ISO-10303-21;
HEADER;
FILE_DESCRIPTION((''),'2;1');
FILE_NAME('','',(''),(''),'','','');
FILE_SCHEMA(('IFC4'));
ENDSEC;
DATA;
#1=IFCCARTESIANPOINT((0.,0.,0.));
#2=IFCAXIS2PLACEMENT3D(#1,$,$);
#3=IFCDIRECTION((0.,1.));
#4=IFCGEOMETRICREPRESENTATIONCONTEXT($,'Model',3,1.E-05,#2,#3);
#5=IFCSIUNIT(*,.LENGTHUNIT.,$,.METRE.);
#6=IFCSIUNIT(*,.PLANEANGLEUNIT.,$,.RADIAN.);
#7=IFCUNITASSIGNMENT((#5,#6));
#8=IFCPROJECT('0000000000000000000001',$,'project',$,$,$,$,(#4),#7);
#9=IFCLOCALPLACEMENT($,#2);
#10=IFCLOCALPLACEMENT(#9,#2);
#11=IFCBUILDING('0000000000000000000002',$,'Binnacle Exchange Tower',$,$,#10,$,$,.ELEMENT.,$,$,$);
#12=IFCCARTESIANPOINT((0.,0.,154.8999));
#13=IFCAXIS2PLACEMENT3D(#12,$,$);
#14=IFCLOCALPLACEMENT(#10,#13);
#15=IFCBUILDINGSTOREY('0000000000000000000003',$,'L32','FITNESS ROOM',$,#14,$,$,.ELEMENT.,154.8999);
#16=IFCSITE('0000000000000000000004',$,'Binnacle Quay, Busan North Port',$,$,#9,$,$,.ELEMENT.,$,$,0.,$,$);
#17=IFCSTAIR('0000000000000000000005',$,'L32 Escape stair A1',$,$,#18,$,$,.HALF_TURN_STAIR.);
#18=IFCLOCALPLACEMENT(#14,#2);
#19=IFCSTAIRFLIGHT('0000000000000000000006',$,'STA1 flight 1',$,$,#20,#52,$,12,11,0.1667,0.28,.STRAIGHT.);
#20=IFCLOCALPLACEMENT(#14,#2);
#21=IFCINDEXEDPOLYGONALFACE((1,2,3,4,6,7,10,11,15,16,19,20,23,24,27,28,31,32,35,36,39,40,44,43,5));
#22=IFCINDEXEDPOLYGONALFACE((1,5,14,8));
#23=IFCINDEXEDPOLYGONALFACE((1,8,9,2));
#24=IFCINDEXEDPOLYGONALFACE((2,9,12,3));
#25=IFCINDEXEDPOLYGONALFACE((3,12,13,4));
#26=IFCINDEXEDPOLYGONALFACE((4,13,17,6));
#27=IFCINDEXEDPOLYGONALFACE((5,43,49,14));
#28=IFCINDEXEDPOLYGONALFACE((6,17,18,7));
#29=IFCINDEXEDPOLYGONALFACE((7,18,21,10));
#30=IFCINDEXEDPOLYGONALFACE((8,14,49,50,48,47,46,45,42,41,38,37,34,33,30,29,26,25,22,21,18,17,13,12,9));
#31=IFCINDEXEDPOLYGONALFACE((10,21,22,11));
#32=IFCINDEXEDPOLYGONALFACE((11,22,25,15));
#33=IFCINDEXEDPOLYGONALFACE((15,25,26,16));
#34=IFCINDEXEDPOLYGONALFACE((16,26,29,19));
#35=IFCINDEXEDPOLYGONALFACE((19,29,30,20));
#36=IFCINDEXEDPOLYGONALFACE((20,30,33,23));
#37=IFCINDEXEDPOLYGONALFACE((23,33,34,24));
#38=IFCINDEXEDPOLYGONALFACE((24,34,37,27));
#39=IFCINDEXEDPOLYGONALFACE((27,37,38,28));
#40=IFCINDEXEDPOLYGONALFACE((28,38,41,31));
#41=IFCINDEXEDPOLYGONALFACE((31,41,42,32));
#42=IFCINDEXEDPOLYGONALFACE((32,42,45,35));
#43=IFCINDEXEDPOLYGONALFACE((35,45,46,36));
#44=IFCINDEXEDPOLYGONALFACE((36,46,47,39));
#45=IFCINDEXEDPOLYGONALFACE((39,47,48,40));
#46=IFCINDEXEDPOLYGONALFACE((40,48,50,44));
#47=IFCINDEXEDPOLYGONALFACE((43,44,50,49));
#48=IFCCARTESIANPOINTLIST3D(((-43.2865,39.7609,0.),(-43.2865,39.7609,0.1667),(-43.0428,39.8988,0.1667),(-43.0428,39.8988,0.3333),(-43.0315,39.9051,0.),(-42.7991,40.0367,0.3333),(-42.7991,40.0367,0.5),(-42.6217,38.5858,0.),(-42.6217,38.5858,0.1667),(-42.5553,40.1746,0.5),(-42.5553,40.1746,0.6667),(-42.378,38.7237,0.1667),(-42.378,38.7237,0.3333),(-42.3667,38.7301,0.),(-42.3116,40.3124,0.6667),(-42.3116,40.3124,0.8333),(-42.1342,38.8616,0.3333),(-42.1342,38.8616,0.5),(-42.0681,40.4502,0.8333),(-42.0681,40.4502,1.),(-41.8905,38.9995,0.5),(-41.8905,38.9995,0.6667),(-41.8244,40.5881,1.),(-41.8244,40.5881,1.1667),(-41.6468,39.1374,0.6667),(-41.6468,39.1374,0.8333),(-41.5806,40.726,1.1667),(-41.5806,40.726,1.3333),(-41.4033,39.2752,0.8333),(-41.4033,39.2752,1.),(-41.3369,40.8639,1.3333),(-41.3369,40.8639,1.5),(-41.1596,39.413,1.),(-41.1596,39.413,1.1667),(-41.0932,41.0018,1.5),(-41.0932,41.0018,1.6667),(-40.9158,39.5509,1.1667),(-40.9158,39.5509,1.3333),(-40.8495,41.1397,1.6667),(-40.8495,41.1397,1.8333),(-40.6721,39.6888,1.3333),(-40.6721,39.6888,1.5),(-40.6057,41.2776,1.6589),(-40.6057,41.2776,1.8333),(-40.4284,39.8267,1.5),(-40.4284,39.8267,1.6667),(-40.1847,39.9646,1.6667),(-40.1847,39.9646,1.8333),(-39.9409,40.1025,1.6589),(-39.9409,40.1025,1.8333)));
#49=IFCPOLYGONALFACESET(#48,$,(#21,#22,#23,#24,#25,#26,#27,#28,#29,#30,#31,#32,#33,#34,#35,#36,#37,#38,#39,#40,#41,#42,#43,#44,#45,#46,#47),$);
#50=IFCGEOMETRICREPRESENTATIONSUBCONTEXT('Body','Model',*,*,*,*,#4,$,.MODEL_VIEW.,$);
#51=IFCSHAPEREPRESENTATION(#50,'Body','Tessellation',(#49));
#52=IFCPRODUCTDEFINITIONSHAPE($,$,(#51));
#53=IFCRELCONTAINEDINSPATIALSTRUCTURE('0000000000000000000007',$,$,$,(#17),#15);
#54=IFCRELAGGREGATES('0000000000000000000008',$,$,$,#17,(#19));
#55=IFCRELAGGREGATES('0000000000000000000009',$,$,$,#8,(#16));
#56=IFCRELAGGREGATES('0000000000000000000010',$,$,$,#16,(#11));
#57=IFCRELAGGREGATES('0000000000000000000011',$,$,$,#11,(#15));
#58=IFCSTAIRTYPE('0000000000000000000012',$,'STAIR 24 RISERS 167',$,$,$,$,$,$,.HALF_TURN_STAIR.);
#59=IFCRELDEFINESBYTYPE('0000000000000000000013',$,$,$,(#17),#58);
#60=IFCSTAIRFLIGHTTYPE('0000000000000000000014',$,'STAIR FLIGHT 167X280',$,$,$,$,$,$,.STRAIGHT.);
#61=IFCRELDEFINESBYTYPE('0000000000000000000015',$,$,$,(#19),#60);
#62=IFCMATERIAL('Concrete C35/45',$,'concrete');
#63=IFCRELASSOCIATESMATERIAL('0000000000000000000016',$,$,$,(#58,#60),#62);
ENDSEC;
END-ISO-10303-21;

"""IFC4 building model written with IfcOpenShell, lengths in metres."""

from ifc_helpers import new_model, si_unit, direction, frame, origin, place, context, subcontext, project, spatial, polyline, outline, extrude, material, type_object, element, aggregate, save


model = new_model("IFC4")

# Units and contexts
model_context = context("Model", 3, precision=1e-05, world=origin(), true_north=direction((0.0, 1.0)))
body_context = subcontext(model_context, "Body", "Model", "MODEL_VIEW")
ifc_project = project(units=[si_unit("LENGTHUNIT", "METRE"), si_unit("PLANEANGLEUNIT", "RADIAN")], contexts=[model_context])

# Site, building, storey
site_placement = place(None, origin())
site = spatial("IfcSite", under=ifc_project, at=site_placement, Name="Binnacle Quay, Busan North Port", CompositionType="ELEMENT", RefElevation=0.0)
building_placement = place(site_placement, origin())
building = spatial("IfcBuilding", under=site, at=building_placement, Name="Binnacle Exchange Tower", CompositionType="ELEMENT")
storey_placement = place(building_placement, frame((0.0, 0.0, 154.8999)))
storey = spatial("IfcBuildingStorey", under=building, at=storey_placement, Name="L32", Description="FITNESS ROOM", CompositionType="ELEMENT", Elevation=154.8999)

# Stair, stair flight
ifc_material_1 = material(Name="Concrete C35/45", Category="concrete")
stair_type = type_object("IfcStairType", Name="STAIR 24 RISERS 167", PredefinedType="HALF_TURN_STAIR", material=ifc_material_1)
stair_placement = place(storey_placement, origin())
stair = element("IfcStair", 1, at=stair_placement, inside=storey, type_object=stair_type, Name="L32 Escape stair A1", PredefinedType="HALF_TURN_STAIR")
stair_flight_type = type_object("IfcStairFlightType", Name="STAIR FLIGHT 167X280", PredefinedType="STRAIGHT", material=ifc_material_1)
stair_flight_placement = place(storey_placement, frame((-42.9541, 39.1733, 0.0), z_axis=(0.0, 0.0, 1.0), x_axis=(0.870356, 0.492424, 0.0)))
stair_flight = element("IfcStairFlight", 2, at=stair_flight_placement, type_object=stair_flight_type, Name="STA1 flight 1", NumberOfRisers=12, NumberOfTreads=11, PredefinedType="STRAIGHT", RiserHeight=0.1667, TreadLength=0.28, context=body_context, shape_type="SweptSolid", body=[
    extrude(outline(polyline([(0.0, 0.0), (0.0, 0.1667), (0.28, 0.1667), (0.28, 0.3333), (0.5601, 0.3333), (0.5601, 0.5), (0.8401, 0.5), (0.8401, 0.6667), (1.1201, 0.6667), (1.1201, 0.8333), (1.3999, 0.8333), (1.3999, 1.0), (1.6799, 1.0), (1.6799, 1.1667), (1.96, 1.1667), (1.96, 1.3333), (2.24, 1.3333), (2.24, 1.5), (2.52, 1.5), (2.52, 1.6667), (2.8, 1.6667), (2.8, 1.8333), (3.0801, 1.8333), (3.0801, 2.0), (3.0801, 1.6589), (0.293, 0.0), (0.0, 0.0)])), frame((0.0, 0.675, 0.0), z_axis=(0.0, -1.0, 0.0), x_axis=(1.0, 0.0, 0.0)), (0.0, 0.0, 1.0), 1.3501),
])
aggregate(stair, [stair_flight])

save(model, "model.ifc")
